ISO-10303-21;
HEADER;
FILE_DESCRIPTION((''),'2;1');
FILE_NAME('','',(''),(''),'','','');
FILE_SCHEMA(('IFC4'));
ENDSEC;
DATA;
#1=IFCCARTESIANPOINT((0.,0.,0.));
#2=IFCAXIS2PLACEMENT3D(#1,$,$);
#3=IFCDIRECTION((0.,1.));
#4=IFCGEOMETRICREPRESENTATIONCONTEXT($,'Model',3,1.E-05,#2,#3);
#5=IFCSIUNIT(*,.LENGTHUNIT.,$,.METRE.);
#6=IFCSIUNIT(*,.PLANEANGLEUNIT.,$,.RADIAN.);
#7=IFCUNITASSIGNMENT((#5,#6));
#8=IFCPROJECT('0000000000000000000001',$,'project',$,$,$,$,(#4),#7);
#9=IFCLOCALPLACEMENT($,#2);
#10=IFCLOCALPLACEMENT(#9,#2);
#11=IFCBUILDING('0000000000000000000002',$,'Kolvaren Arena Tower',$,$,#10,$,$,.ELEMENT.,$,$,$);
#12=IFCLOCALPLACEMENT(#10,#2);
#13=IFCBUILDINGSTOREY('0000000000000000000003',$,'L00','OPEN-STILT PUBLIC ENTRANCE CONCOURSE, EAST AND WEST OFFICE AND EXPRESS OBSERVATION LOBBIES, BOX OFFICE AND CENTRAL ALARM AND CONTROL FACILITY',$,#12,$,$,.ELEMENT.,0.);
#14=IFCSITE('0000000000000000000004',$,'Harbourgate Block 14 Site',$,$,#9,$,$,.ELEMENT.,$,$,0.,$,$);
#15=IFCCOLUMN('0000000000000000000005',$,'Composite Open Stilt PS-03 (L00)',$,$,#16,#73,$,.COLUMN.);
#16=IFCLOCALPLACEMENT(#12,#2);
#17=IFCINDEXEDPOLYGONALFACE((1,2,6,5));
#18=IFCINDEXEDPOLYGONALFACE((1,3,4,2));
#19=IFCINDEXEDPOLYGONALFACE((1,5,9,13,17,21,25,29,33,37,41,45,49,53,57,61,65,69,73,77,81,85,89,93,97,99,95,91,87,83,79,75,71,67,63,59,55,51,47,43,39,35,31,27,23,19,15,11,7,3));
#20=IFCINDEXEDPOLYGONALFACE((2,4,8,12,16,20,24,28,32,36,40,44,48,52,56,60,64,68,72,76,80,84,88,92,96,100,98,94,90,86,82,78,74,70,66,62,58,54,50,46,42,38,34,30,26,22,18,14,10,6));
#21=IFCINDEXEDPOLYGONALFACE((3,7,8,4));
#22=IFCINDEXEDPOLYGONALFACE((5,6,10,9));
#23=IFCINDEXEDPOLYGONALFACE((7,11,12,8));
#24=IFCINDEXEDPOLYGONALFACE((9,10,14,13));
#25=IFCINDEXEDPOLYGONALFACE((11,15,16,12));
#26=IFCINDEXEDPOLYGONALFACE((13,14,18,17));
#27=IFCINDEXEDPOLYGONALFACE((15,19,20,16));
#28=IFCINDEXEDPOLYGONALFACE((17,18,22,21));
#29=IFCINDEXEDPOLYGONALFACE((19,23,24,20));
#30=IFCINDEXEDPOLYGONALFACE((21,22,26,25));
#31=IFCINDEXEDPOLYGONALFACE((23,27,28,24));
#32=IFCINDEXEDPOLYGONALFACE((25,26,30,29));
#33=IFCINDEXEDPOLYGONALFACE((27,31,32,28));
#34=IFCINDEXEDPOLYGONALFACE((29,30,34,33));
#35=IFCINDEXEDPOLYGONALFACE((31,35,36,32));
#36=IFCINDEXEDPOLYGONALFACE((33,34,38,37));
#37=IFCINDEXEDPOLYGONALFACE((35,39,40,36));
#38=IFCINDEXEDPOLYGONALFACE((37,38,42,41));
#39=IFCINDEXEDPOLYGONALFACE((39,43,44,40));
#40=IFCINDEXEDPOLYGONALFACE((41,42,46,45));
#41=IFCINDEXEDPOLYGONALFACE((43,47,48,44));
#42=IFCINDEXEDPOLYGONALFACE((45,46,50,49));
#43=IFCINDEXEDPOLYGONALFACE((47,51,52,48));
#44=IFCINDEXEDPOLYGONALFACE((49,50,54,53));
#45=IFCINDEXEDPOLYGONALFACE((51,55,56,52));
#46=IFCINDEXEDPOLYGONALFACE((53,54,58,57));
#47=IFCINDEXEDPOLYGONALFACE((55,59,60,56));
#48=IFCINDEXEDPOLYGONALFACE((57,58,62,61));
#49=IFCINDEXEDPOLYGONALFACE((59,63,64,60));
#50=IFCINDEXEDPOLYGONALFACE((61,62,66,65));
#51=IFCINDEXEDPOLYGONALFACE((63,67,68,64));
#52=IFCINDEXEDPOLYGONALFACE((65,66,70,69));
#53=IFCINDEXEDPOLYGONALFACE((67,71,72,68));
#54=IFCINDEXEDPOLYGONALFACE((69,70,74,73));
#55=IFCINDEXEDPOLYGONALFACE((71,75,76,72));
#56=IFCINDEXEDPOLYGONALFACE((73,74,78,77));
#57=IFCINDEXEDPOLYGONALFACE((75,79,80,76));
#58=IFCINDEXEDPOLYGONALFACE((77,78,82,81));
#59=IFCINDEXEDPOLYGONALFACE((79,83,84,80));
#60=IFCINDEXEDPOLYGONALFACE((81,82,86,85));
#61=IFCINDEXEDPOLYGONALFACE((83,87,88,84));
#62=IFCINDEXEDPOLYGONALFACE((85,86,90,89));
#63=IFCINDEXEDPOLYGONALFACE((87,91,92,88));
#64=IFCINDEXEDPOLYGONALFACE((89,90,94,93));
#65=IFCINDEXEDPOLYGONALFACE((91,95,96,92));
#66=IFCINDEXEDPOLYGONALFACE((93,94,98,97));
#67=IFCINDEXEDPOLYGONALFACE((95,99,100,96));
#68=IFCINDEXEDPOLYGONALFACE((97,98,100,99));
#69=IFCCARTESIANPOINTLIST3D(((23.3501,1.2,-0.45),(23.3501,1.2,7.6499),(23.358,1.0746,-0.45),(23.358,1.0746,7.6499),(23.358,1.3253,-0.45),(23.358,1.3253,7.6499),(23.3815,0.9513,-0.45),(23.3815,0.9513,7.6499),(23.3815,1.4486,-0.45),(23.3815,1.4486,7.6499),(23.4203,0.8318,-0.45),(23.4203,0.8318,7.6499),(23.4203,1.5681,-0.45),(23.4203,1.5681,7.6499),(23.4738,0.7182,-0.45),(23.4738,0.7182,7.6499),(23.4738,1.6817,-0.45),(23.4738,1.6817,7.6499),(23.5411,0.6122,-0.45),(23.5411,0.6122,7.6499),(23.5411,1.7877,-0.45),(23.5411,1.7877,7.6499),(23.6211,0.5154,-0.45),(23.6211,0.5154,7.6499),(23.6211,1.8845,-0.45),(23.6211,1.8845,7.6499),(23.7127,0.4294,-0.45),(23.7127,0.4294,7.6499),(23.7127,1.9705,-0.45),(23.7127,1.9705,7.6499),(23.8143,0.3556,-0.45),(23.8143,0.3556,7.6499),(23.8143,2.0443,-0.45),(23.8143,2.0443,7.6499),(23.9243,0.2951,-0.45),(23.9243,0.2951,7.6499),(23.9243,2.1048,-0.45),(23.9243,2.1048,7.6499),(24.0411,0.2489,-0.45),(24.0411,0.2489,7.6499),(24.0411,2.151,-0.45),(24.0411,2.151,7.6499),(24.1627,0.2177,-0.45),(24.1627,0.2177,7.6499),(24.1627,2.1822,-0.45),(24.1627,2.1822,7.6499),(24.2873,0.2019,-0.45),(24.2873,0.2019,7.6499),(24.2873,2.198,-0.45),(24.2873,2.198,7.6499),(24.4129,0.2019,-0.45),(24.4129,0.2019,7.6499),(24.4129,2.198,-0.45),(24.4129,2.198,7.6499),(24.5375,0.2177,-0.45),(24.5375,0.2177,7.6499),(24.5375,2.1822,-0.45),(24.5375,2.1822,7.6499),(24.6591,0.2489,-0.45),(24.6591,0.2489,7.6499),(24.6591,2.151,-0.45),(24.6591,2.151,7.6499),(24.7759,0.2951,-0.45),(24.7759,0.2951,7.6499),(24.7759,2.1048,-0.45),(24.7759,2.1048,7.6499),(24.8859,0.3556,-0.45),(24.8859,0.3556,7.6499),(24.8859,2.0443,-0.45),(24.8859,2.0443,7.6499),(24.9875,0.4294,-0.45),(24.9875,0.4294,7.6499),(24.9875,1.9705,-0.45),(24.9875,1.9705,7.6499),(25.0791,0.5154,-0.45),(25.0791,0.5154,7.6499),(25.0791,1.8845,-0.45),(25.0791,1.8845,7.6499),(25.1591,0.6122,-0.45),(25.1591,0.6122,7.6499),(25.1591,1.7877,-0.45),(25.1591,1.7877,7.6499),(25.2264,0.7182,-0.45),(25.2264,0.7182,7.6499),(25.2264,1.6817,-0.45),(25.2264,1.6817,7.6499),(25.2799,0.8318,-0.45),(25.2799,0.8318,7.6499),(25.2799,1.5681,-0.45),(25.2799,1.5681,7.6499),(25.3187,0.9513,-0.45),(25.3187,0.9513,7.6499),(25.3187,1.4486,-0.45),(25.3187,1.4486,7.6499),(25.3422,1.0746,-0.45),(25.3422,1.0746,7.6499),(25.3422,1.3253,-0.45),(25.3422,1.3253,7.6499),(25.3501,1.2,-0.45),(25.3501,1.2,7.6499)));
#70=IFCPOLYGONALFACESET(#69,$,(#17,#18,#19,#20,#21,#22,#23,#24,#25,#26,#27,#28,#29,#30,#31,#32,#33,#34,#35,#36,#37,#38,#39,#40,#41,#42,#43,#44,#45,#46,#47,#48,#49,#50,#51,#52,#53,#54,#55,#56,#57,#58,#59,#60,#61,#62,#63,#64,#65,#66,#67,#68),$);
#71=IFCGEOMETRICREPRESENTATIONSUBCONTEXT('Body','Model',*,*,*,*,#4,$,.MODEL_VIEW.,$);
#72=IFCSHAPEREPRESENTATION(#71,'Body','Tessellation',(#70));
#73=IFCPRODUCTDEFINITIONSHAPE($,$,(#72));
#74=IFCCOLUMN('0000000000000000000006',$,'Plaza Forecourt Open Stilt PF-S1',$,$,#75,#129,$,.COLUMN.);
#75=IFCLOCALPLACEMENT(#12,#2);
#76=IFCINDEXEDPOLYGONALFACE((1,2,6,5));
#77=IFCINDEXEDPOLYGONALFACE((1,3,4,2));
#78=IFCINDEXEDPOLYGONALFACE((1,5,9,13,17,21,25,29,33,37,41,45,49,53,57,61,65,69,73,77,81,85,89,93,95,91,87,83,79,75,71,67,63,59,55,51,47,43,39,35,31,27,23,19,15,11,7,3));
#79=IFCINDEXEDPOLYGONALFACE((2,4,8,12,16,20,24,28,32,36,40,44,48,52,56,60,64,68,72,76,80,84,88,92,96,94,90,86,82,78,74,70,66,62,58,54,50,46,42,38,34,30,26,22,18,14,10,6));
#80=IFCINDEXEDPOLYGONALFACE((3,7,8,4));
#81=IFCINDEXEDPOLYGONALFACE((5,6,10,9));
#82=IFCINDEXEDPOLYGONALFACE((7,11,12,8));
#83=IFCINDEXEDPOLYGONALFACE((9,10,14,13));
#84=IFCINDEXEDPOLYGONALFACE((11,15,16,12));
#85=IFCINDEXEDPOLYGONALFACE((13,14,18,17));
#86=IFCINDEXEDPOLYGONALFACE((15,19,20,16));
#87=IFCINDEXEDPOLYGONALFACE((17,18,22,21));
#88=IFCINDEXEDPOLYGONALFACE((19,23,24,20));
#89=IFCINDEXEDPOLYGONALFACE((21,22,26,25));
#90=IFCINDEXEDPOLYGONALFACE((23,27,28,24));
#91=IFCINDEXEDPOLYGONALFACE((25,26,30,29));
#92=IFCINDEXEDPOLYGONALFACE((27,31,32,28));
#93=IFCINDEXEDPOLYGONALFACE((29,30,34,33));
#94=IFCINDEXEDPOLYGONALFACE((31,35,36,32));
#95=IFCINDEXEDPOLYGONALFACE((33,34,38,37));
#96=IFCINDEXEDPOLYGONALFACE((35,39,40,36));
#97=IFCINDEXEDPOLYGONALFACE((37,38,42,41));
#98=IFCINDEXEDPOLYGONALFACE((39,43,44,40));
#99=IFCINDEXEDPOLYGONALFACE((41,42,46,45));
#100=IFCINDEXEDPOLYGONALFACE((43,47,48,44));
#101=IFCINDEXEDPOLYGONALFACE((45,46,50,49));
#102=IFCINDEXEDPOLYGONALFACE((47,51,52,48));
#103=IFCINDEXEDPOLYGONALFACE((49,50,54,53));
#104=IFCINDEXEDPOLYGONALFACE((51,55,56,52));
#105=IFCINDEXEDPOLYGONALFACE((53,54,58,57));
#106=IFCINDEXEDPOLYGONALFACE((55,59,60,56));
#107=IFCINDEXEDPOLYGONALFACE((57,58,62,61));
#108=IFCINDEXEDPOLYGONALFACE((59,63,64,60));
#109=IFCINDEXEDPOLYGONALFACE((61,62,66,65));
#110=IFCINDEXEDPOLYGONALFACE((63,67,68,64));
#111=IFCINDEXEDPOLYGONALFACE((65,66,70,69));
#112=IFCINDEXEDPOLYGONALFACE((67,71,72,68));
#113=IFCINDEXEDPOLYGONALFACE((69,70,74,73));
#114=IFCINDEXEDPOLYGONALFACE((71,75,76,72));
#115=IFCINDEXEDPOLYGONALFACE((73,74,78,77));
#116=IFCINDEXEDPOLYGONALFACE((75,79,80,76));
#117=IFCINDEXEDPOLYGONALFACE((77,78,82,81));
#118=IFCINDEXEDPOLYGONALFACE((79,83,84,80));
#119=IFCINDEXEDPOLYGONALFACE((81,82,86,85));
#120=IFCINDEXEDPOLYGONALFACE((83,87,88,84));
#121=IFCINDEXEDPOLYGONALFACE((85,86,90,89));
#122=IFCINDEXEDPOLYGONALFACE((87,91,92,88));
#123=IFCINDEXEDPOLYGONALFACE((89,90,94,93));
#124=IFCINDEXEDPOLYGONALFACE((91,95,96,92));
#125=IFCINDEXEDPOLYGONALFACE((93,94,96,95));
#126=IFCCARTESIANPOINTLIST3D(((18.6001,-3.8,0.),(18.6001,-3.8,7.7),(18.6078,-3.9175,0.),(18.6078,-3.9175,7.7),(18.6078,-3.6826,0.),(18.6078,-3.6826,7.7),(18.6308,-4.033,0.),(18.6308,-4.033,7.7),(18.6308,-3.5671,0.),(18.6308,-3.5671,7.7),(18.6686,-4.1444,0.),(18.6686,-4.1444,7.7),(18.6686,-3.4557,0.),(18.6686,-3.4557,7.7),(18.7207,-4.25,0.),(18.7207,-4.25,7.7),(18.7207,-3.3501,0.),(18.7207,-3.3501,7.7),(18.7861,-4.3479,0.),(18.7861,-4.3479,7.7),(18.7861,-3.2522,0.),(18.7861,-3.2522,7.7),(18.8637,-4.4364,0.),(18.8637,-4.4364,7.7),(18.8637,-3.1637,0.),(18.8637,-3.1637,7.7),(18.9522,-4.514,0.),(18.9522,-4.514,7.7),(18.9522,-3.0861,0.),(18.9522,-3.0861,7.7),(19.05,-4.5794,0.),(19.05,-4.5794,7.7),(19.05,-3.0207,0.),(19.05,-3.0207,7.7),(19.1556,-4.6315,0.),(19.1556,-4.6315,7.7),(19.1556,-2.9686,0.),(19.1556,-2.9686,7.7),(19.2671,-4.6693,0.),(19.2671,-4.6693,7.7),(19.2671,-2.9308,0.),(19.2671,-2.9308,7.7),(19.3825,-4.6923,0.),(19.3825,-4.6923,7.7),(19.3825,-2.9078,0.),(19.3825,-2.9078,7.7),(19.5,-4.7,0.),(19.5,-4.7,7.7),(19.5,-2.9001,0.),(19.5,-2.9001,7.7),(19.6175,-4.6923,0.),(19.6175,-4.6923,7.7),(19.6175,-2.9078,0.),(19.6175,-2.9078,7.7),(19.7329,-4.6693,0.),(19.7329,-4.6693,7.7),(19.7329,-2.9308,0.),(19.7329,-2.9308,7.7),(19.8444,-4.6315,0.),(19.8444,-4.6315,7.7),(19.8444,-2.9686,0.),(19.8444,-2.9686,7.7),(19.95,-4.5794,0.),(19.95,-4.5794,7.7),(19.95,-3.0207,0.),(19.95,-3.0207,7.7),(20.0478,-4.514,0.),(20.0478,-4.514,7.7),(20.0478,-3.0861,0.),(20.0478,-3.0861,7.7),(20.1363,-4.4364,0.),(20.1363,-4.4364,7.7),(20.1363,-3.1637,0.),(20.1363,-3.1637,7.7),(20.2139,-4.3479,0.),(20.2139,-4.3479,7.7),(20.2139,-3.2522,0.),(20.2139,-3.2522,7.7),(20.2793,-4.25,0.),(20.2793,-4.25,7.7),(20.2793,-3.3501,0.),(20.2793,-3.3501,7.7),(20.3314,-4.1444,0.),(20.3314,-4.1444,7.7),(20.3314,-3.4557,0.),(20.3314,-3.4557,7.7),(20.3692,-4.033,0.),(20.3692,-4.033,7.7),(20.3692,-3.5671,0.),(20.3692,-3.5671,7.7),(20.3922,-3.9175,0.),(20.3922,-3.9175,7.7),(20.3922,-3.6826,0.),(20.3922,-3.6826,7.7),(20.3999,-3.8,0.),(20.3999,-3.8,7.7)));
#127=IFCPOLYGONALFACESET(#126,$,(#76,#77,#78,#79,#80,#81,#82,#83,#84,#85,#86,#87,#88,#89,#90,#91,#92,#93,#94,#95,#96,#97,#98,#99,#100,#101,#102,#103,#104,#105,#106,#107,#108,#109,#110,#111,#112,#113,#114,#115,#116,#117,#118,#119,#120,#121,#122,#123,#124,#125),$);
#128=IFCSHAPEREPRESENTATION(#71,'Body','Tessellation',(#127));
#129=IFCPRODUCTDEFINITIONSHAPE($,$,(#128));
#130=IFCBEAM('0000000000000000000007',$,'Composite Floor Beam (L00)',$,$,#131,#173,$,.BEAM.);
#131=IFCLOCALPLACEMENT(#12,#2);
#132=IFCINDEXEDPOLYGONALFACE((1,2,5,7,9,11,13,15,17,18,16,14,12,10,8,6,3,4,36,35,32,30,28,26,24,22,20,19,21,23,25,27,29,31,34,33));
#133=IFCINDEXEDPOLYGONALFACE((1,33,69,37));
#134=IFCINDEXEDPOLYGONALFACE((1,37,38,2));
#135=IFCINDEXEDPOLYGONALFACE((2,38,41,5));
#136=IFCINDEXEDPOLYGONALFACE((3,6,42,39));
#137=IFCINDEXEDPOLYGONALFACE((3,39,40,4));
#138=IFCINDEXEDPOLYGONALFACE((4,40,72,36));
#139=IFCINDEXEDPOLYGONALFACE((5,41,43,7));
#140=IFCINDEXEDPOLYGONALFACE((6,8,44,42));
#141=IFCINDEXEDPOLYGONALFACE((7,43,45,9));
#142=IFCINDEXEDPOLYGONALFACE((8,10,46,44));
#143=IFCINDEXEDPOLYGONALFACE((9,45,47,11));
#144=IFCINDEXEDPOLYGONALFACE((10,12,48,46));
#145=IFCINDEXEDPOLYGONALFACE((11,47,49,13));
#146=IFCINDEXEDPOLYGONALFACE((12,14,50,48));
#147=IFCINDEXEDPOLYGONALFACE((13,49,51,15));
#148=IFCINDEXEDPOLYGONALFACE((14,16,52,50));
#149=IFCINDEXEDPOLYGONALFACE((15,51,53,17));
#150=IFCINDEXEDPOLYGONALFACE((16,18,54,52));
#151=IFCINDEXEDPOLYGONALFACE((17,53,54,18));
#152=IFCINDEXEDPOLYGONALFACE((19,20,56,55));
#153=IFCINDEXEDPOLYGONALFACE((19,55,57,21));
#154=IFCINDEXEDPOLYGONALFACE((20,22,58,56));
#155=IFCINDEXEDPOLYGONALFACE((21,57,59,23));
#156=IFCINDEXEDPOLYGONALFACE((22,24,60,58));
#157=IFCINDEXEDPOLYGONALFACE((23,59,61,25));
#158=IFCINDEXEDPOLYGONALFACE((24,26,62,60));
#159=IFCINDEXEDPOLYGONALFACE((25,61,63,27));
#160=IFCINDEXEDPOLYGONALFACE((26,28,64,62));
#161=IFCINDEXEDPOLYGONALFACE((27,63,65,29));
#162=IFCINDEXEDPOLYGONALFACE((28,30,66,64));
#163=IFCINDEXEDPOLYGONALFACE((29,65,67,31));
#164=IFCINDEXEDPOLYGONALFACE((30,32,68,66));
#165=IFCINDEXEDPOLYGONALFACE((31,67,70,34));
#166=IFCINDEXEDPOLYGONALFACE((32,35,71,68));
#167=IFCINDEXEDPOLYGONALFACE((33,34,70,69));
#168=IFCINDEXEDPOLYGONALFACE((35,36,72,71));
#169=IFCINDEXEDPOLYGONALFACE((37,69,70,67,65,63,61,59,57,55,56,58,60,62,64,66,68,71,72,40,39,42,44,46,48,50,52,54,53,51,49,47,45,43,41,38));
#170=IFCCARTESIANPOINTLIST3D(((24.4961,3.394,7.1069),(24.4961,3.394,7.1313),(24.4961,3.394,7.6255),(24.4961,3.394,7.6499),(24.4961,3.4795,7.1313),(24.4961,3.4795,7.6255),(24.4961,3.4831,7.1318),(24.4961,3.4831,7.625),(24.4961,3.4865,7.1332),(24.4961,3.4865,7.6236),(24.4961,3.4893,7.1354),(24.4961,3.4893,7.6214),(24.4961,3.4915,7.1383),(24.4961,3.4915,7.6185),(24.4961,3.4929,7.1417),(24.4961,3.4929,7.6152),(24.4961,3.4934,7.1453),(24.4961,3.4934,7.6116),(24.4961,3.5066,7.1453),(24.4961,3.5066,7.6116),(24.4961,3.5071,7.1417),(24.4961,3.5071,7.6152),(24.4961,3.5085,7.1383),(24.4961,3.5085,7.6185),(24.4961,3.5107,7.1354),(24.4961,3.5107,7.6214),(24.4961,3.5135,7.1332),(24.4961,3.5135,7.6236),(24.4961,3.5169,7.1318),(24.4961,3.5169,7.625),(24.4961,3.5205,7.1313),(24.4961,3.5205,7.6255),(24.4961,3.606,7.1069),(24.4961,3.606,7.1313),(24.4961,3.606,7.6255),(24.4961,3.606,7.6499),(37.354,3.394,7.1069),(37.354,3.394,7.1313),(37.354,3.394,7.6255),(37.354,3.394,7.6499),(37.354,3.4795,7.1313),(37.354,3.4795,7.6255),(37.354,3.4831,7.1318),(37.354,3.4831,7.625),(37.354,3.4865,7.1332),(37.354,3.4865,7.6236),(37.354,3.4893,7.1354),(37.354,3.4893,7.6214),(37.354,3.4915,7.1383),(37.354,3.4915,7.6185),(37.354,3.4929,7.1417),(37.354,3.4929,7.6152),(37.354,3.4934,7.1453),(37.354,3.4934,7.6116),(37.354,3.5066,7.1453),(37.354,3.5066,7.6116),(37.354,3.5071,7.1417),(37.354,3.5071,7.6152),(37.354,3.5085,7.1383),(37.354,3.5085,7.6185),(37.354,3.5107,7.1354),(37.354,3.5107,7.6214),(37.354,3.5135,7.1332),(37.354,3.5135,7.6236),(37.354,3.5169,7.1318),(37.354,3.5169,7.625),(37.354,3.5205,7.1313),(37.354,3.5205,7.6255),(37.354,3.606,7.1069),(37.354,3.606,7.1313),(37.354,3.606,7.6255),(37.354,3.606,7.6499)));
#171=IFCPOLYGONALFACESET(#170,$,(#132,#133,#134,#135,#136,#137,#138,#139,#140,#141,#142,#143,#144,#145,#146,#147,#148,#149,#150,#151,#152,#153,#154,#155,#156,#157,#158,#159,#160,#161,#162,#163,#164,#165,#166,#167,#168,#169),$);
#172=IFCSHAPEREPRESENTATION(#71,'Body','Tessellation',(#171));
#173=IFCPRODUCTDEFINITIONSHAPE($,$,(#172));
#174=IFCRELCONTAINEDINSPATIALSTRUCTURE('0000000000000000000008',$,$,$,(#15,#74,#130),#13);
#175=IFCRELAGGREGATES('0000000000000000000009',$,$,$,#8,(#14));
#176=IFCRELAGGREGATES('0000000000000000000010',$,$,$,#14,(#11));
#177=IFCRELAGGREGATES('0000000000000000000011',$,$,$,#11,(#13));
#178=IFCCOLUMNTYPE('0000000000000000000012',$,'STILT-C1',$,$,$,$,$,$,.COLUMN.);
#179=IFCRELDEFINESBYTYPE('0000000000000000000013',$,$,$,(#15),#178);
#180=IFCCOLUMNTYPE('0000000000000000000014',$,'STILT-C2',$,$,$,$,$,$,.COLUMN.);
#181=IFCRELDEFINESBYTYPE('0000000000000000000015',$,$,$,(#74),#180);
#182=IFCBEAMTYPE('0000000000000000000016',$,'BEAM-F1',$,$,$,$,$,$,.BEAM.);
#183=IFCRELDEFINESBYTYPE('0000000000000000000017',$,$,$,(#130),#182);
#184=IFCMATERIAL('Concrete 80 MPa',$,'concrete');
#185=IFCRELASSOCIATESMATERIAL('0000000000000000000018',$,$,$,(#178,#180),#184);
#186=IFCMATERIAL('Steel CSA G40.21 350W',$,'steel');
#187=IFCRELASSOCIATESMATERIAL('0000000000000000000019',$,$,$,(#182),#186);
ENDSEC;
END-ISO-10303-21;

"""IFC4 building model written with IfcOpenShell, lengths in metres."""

from ifc_helpers import new_model, si_unit, direction, frame, origin, origin_2d, place, context, subcontext, project, spatial, circle, i_section, extrude, material, material_profile, profile_set, type_object, element, save


model = new_model("IFC4")

# Units and contexts
model_context = context("Model", 3, precision=1e-05, world=origin(), true_north=direction((0.0, 1.0)))
body_context = subcontext(model_context, "Body", "Model", "MODEL_VIEW")
ifc_project = project(units=[si_unit("LENGTHUNIT", "METRE"), si_unit("PLANEANGLEUNIT", "RADIAN")], contexts=[model_context])

# Site, building, storey
site_placement = place(None, origin())
site = spatial("IfcSite", under=ifc_project, at=site_placement, Name="Harbourgate Block 14 Site", CompositionType="ELEMENT", RefElevation=0.0)
building_placement = place(site_placement, origin())
building = spatial("IfcBuilding", under=site, at=building_placement, Name="Kolvaren Arena Tower", CompositionType="ELEMENT")
storey_placement = place(building_placement, origin())
storey = spatial("IfcBuildingStorey", under=building, at=storey_placement, Name="L00", Description="OPEN-STILT PUBLIC ENTRANCE CONCOURSE, EAST AND WEST OFFICE AND EXPRESS OBSERVATION LOBBIES, BOX OFFICE AND CENTRAL ALARM AND CONTROL FACILITY", CompositionType="ELEMENT", Elevation=0.0)

# Columns
ifc_material_1 = material(Name="Concrete 80 MPa", Category="concrete")
ifc_material_profile_1 = material_profile(ifc_material_1, circle(Radius=1.0, at=origin_2d()), Name="RC-CIRC-2000")
ifc_profile_set_1 = profile_set([ifc_material_profile_1], Name="Concrete 80 MPa")
column_type_1 = type_object("IfcColumnType", Name="STILT-C1", PredefinedType="COLUMN", material=ifc_profile_set_1)
for number, where, z_axis, x_axis, name in (
    (1, (24.3501, 1.2, -0.45), (0.0, 0.0, 1.0), (1.0, 0.0, 0.0), "Composite Open Stilt PS-03 (L00)"),
):
    element("IfcColumn", number, at=place(storey_placement, frame(where, z_axis=z_axis, x_axis=x_axis)), inside=storey, type_object=column_type_1, Name=name, PredefinedType="COLUMN", context=body_context, shape_type="SweptSolid", body=[
        extrude(circle(Radius=1.0, at=origin_2d()), origin(), (0.0, 0.0, 1.0), 8.0999),
    ])
ifc_material_profile_2 = material_profile(ifc_material_1, circle(Radius=0.8999, at=origin_2d()), Name="RC-CIRC-1800")
ifc_profile_set_2 = profile_set([ifc_material_profile_2], Name="Concrete 80 MPa")
column_type_2 = type_object("IfcColumnType", Name="STILT-C2", PredefinedType="COLUMN", material=ifc_profile_set_2)
column_placement = place(storey_placement, frame((19.5, -3.8, 0.0), z_axis=(0.0, 0.0, 1.0), x_axis=(1.0, 0.0, 0.0)))
element("IfcColumn", 2, at=column_placement, inside=storey, type_object=column_type_2, Name="Plaza Forecourt Open Stilt PF-S1", PredefinedType="COLUMN", context=body_context, shape_type="SweptSolid", body=[
    extrude(circle(Radius=0.8999, at=origin_2d()), origin(), (0.0, 0.0, 1.0), 7.7),
])

# Beam
ifc_material_2 = material(Name="Steel CSA G40.21 350W", Category="steel")
ifc_material_profile_3 = material_profile(ifc_material_2, i_section(OverallWidth=0.2119, OverallDepth=0.543, WebThickness=0.0132, FlangeThickness=0.0244, FilletRadius=0.0139, at=origin_2d()), Name="W530x150")
ifc_profile_set_3 = profile_set([ifc_material_profile_3], Name="Steel CSA G40.21 350W")
beam_type_1 = type_object("IfcBeamType", Name="BEAM-F1", PredefinedType="BEAM", material=ifc_profile_set_3)
beam_1_placement = place(storey_placement, frame((24.4961, 3.5, 7.3784), z_axis=(1.0, 0.0, 0.0), x_axis=(0.0, 1.0, 0.0)))
element("IfcBeam", 3, at=beam_1_placement, inside=storey, type_object=beam_type_1, Name="Composite Floor Beam (L00)", PredefinedType="BEAM", context=body_context, shape_type="SweptSolid", body=[
    extrude(i_section(OverallWidth=0.2119, OverallDepth=0.543, WebThickness=0.0132, FlangeThickness=0.0244, FilletRadius=0.0139, at=origin_2d()), origin(), (0.0, 0.0, 1.0), 12.8579),
])

save(model, "model.ifc")
